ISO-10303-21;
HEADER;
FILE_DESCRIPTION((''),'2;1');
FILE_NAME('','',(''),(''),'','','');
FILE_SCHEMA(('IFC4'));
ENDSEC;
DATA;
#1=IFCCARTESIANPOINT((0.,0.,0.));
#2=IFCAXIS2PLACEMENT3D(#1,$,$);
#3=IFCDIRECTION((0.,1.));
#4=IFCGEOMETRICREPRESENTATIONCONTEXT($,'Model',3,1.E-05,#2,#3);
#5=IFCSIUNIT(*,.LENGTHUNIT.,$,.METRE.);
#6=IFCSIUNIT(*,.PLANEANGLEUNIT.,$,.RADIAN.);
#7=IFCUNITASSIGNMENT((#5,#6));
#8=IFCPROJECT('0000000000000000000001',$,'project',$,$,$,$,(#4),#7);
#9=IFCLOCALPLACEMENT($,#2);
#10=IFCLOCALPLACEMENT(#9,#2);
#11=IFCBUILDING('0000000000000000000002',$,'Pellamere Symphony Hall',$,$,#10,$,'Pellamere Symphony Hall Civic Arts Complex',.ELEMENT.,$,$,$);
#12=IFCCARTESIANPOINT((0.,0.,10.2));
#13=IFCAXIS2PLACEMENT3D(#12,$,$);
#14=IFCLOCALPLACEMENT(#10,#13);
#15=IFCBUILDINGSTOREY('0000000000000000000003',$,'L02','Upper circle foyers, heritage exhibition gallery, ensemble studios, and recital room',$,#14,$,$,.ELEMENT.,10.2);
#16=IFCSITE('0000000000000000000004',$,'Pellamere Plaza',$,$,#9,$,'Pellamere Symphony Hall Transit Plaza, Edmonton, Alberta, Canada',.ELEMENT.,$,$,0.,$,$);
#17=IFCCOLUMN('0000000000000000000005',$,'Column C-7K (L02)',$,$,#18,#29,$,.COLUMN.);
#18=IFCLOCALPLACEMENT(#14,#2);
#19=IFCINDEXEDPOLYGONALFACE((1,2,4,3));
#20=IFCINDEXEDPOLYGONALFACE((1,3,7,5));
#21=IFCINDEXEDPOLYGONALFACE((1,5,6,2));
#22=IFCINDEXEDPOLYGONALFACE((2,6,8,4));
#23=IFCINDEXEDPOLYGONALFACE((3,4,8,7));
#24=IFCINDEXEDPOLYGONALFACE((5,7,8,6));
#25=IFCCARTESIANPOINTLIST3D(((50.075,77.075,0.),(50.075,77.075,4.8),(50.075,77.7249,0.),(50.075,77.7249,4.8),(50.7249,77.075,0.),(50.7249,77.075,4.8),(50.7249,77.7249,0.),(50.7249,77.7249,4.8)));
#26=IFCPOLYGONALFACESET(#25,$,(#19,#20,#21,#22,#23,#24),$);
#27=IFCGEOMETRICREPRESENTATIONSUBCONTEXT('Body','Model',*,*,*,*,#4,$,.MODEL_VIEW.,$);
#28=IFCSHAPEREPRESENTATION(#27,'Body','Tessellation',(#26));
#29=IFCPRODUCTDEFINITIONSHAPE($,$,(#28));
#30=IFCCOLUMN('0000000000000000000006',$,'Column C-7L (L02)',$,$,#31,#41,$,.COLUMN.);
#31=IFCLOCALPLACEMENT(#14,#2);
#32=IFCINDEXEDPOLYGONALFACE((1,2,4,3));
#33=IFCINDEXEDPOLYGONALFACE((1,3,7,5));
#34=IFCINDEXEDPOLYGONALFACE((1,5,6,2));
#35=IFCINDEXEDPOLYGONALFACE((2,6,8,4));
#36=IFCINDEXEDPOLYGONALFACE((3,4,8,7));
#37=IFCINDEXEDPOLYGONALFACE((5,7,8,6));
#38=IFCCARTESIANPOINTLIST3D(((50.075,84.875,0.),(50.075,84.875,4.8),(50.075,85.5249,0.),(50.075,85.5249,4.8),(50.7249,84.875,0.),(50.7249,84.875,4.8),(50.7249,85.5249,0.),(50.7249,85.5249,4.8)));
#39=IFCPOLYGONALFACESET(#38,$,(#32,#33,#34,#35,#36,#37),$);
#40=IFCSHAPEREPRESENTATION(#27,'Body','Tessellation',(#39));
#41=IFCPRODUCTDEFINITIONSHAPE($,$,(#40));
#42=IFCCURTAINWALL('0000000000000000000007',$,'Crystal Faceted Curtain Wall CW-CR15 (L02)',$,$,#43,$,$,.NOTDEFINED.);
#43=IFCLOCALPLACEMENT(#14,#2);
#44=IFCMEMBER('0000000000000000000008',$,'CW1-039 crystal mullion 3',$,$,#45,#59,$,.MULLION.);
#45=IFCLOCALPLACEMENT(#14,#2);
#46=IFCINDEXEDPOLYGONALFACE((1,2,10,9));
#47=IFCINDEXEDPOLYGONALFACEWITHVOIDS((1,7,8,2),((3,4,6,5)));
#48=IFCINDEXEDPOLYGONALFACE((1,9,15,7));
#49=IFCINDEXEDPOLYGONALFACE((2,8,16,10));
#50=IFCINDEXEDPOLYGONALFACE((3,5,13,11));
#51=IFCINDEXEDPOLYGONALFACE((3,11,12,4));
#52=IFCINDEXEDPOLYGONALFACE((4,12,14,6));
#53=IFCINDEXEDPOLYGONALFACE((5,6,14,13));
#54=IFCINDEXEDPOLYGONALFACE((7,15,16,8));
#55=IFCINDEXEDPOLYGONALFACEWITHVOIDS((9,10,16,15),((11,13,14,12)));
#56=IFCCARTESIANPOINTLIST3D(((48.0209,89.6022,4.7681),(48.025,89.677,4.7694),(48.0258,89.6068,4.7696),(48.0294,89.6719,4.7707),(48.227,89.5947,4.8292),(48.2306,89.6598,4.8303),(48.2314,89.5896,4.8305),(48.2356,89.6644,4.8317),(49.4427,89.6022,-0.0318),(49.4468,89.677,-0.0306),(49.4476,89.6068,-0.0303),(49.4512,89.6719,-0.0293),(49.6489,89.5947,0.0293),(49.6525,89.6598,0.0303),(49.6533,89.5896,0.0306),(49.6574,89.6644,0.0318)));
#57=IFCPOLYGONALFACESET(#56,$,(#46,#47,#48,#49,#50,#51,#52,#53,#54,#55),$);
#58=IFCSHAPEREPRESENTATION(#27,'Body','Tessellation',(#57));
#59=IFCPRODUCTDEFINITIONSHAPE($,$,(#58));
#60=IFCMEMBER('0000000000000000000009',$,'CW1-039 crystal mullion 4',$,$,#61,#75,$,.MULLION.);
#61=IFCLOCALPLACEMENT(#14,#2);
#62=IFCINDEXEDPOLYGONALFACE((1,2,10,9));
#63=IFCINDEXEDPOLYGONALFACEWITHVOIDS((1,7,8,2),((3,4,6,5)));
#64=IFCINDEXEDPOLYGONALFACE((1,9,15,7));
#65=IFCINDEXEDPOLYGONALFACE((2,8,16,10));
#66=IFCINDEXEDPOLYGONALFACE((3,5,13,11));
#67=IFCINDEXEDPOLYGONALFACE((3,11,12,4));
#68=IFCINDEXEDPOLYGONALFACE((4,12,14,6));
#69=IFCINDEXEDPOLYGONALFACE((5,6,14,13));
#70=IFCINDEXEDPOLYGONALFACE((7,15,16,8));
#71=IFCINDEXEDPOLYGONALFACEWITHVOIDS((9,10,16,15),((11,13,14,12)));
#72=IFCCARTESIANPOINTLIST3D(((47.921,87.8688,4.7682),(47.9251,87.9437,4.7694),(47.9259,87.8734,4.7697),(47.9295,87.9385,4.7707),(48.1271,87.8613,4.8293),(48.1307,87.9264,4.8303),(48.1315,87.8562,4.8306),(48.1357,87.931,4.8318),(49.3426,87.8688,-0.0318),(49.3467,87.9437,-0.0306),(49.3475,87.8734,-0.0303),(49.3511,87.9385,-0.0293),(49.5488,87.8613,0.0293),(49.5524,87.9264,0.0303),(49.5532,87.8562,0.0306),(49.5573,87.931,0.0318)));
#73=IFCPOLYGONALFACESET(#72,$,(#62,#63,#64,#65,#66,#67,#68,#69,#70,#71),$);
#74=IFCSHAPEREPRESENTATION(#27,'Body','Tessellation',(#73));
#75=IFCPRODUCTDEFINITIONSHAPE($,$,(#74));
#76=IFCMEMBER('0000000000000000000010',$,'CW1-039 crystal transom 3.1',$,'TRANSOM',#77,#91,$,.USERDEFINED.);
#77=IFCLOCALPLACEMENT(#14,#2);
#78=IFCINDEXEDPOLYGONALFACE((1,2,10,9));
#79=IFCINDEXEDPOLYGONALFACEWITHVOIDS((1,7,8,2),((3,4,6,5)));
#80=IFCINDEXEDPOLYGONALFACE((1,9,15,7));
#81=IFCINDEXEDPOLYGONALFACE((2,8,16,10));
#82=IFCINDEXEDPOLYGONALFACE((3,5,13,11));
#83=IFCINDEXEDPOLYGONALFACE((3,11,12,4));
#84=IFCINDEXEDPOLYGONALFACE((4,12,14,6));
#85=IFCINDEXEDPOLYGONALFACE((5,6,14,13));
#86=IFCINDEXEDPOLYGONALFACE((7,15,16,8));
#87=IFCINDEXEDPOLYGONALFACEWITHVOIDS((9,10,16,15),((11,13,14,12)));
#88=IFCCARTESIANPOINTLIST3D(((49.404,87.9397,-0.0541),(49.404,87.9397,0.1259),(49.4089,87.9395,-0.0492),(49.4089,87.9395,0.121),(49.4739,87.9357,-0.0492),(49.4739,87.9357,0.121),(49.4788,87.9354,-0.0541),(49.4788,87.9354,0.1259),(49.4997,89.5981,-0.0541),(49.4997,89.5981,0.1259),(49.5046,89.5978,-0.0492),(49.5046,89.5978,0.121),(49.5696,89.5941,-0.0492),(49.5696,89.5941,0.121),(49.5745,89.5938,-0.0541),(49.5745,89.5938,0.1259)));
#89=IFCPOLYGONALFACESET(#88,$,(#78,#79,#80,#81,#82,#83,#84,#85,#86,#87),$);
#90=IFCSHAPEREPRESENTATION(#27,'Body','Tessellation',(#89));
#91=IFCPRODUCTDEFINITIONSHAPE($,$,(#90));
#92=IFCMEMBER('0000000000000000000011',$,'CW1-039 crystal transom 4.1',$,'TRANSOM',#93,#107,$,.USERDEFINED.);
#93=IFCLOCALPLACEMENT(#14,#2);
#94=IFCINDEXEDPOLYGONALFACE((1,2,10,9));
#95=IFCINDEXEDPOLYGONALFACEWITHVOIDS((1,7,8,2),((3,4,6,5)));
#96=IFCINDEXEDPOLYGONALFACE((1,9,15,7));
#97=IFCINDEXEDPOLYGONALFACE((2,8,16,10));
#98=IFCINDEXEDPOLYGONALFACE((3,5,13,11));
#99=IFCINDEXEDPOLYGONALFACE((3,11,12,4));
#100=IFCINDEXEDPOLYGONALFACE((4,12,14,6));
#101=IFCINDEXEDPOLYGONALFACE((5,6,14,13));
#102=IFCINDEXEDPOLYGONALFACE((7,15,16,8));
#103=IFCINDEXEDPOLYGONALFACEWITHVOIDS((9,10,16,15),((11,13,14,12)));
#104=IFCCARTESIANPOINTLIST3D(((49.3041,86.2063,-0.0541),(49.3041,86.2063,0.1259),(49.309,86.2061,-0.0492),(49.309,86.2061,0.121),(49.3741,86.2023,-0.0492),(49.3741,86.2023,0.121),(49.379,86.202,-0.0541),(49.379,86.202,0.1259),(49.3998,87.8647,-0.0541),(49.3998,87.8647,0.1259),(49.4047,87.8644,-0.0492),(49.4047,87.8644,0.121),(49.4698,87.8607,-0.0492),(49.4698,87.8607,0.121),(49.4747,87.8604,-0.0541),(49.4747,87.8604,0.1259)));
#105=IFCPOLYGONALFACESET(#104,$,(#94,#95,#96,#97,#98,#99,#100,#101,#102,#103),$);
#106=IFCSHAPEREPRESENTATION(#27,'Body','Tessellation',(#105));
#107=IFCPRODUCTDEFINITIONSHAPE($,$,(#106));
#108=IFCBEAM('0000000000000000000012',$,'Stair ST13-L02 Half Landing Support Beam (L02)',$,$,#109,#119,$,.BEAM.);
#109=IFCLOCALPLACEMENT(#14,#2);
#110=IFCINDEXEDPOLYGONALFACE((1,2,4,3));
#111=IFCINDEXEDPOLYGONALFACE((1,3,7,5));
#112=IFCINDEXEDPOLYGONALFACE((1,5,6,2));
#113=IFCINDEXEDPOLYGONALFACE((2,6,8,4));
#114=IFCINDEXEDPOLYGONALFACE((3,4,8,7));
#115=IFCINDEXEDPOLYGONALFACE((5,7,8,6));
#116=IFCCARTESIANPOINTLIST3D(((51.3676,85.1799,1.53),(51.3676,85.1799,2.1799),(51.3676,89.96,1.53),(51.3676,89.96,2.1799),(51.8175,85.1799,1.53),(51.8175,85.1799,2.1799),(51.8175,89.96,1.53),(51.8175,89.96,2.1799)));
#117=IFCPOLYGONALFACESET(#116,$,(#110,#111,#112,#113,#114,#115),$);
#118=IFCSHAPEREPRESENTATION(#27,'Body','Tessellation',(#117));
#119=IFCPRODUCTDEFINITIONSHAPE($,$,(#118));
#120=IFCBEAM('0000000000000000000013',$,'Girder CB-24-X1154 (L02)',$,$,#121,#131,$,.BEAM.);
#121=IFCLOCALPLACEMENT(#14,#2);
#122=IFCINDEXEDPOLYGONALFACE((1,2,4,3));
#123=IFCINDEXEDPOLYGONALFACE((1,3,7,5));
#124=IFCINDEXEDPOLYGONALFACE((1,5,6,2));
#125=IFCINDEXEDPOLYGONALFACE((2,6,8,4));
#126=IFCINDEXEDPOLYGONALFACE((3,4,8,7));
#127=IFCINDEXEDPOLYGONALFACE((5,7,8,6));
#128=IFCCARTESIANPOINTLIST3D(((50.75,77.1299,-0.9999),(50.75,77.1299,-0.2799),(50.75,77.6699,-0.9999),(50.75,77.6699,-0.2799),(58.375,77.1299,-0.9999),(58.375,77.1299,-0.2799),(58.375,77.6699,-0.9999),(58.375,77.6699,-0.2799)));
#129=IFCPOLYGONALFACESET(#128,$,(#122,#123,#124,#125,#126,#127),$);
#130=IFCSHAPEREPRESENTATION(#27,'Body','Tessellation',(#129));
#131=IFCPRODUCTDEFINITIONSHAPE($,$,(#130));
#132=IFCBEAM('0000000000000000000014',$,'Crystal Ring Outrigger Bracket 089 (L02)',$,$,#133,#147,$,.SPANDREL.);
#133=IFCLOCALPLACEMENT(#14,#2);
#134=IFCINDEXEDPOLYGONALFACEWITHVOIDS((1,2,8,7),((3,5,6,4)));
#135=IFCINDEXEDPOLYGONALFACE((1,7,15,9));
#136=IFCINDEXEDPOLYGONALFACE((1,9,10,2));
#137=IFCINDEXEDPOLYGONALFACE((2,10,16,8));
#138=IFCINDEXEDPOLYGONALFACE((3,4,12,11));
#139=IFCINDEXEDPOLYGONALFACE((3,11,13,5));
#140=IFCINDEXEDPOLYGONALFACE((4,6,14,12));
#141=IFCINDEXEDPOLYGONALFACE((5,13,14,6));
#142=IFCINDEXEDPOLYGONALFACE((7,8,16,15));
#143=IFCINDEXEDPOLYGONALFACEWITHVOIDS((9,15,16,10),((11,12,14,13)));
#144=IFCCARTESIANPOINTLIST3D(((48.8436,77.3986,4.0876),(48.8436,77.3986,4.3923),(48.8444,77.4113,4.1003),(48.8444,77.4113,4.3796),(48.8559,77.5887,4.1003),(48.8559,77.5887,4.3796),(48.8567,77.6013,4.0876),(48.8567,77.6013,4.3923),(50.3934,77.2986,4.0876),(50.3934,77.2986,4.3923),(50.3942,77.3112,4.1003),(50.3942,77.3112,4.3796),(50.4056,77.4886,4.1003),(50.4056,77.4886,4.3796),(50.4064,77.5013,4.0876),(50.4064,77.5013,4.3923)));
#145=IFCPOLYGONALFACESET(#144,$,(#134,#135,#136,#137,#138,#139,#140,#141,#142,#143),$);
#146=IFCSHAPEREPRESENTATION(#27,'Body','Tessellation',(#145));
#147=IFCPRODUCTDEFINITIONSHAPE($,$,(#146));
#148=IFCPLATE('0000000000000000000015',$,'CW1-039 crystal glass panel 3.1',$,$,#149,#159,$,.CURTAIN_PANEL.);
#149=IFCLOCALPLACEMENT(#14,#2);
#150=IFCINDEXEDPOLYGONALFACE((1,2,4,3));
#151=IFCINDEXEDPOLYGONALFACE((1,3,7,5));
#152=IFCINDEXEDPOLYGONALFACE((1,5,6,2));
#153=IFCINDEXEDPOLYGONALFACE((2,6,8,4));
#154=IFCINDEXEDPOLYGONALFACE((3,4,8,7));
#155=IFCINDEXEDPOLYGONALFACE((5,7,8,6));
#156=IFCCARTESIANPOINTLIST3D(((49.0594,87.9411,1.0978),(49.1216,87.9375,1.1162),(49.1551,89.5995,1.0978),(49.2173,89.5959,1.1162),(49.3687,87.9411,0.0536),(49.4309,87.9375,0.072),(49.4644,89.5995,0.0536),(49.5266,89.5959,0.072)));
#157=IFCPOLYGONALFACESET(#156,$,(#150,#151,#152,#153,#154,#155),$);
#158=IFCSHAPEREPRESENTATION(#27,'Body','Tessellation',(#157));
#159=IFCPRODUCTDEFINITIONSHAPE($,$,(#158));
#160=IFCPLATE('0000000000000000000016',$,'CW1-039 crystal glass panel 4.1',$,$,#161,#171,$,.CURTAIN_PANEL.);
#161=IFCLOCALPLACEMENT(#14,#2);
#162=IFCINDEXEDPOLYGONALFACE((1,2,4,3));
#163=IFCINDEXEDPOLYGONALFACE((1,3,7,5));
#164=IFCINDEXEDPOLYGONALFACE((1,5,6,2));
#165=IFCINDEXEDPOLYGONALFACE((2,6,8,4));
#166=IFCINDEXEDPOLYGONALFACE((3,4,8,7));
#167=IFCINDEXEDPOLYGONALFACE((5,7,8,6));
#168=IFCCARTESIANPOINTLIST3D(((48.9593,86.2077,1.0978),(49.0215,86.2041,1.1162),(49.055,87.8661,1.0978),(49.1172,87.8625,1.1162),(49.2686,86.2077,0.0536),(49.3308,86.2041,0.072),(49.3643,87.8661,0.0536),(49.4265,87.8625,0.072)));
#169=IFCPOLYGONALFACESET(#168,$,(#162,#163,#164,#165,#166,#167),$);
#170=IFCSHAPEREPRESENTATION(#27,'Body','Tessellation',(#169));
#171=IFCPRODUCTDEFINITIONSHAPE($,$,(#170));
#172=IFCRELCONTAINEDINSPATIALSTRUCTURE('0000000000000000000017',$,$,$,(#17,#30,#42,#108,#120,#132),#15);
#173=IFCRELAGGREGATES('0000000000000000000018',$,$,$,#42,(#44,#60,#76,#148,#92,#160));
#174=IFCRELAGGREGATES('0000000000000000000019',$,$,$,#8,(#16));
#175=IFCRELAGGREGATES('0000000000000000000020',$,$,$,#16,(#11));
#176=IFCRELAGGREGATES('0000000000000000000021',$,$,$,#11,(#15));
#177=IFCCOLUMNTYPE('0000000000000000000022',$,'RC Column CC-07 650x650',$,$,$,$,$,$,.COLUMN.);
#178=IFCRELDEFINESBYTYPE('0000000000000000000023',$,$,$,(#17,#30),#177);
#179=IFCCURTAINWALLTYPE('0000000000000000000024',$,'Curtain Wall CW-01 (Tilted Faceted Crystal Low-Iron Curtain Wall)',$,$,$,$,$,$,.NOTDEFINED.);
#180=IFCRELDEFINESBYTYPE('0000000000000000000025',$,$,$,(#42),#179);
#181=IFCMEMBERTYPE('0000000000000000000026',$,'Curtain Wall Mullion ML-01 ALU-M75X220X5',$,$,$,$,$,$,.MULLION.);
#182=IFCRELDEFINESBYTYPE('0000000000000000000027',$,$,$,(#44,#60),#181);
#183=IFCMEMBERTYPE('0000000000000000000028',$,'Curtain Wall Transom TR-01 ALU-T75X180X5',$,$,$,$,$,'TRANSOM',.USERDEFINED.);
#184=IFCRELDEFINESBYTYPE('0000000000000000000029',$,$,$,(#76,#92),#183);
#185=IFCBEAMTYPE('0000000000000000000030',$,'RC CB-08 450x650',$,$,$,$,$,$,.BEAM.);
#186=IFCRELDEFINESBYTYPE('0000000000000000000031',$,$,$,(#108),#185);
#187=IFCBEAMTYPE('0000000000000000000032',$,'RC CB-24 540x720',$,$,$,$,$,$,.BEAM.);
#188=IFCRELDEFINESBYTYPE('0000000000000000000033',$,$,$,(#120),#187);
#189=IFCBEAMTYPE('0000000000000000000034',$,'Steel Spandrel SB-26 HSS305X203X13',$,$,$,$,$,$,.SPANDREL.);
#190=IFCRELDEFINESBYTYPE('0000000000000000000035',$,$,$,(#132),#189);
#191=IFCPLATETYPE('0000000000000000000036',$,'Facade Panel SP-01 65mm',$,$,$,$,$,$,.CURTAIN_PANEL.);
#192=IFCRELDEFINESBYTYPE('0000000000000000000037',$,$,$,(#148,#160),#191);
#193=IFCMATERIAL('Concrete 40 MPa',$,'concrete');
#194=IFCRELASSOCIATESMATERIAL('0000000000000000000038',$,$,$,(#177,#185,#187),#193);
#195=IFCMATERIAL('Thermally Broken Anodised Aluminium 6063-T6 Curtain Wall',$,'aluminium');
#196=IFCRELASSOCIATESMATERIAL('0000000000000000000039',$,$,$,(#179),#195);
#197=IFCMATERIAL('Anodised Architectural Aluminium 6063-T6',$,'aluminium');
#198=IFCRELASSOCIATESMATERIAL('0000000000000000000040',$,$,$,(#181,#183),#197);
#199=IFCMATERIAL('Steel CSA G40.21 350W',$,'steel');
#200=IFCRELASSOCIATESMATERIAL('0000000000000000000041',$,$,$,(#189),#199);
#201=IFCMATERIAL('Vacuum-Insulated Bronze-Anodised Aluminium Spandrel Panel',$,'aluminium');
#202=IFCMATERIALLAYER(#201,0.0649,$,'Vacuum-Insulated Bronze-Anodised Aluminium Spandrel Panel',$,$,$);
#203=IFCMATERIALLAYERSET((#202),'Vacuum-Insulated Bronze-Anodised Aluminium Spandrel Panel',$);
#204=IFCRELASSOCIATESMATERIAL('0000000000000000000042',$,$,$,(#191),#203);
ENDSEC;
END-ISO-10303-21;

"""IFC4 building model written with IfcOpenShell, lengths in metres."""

from ifc_helpers import new_model, si_unit, direction, frame, origin, origin_2d, place, context, subcontext, project, spatial, polyline, rectangle, hollow_rectangle, outline, extrude, material, layer, layer_set, material_profile, profile_set, type_object, element, aggregate, save


model = new_model("IFC4")

# Units and contexts
model_context = context("Model", 3, precision=1e-05, world=origin(), true_north=direction((0.0, 1.0)))
body_context = subcontext(model_context, "Body", "Model", "MODEL_VIEW")
ifc_project = project(units=[si_unit("LENGTHUNIT", "METRE"), si_unit("PLANEANGLEUNIT", "RADIAN")], contexts=[model_context])

# Site, building, storey
site_placement = place(None, origin())
site = spatial("IfcSite", under=ifc_project, at=site_placement, Name="Pellamere Plaza", LongName="Pellamere Symphony Hall Transit Plaza, Edmonton, Alberta, Canada", CompositionType="ELEMENT", RefElevation=0.0)
building_placement = place(site_placement, origin())
building = spatial("IfcBuilding", under=site, at=building_placement, Name="Pellamere Symphony Hall", LongName="Pellamere Symphony Hall Civic Arts Complex", CompositionType="ELEMENT")
storey_placement = place(building_placement, frame((0.0, 0.0, 10.2)))
storey = spatial("IfcBuildingStorey", under=building, at=storey_placement, Name="L02", Description="Upper circle foyers, heritage exhibition gallery, ensemble studios, and recital room", CompositionType="ELEMENT", Elevation=10.2)

# Columns
ifc_material_1 = material(Name="Concrete 40 MPa", Category="concrete")
ifc_material_profile_1 = material_profile(ifc_material_1, rectangle(XDim=0.6499, YDim=0.6499, at=origin_2d()), Name="RC 650x650")
ifc_profile_set_1 = profile_set([ifc_material_profile_1], Name="Concrete 40 MPa")
column_type = type_object("IfcColumnType", Name="RC Column CC-07 650x650", PredefinedType="COLUMN", material=ifc_profile_set_1)
for number, where, z_axis, x_axis, name in (
    (1, (50.3999, 77.3999, 0.0), (0.0, 0.0, 1.0), (1.0, 0.0, 0.0), "Column C-7K (L02)"),
    (2, (50.3999, 85.2, 0.0), (0.0, 0.0, 1.0), (1.0, 0.0, 0.0), "Column C-7L (L02)"),
):
    element("IfcColumn", number, at=place(storey_placement, frame(where, z_axis=z_axis, x_axis=x_axis)), inside=storey, type_object=column_type, Name=name, PredefinedType="COLUMN", context=body_context, shape_type="SweptSolid", body=[
        extrude(rectangle(XDim=0.6499, YDim=0.6499, at=origin_2d()), origin(), (0.0, 0.0, 1.0), 4.8),
    ])

# Curtain wall, members
ifc_material_2 = material(Name="Thermally Broken Anodised Aluminium 6063-T6 Curtain Wall", Category="aluminium")
curtain_wall_type = type_object("IfcCurtainWallType", Name="Curtain Wall CW-01 (Tilted Faceted Crystal Low-Iron Curtain Wall)", PredefinedType="NOTDEFINED", material=ifc_material_2)
curtain_wall_placement = place(storey_placement, origin())
curtain_wall = element("IfcCurtainWall", 3, at=curtain_wall_placement, inside=storey, type_object=curtain_wall_type, Name="Crystal Faceted Curtain Wall CW-CR15 (L02)", PredefinedType="NOTDEFINED")
ifc_material_3 = material(Name="Anodised Architectural Aluminium 6063-T6", Category="aluminium")
ifc_material_profile_2 = material_profile(ifc_material_3, hollow_rectangle(XDim=0.075, YDim=0.22, WallThickness=0.0049, at=origin_2d()), Name="ALU-M75X220X5")
ifc_profile_set_2 = profile_set([ifc_material_profile_2], Name="Anodised Architectural Aluminium 6063-T6")
member_type_1 = type_object("IfcMemberType", Name="Curtain Wall Mullion ML-01 ALU-M75X220X5", PredefinedType="MULLION", material=ifc_profile_set_2)
member_1_placement = place(storey_placement, frame((49.55, 89.6333, 0.0), z_axis=(-0.284022, 0.0, 0.958818), x_axis=(-0.055225, -0.99834, -0.016359)))
member_1 = element("IfcMember", 4, at=member_1_placement, type_object=member_type_1, Name="CW1-039 crystal mullion 3", PredefinedType="MULLION", context=body_context, shape_type="SweptSolid", body=[
    extrude(hollow_rectangle(XDim=0.075, YDim=0.22, WallThickness=0.0049, at=origin_2d()), origin(), (0.0, 0.0, 1.0), 5.0061),
])
member_2_placement = place(storey_placement, frame((49.45, 87.8999, 0.0), z_axis=(-0.283977, 0.0, 0.958831), x_axis=(-0.055225, -0.99834, -0.016356)))
member_2 = element("IfcMember", 5, at=member_2_placement, type_object=member_type_1, Name="CW1-039 crystal mullion 4", PredefinedType="MULLION", context=body_context, shape_type="SweptSolid", body=[
    extrude(hollow_rectangle(XDim=0.075, YDim=0.22, WallThickness=0.0049, at=origin_2d()), origin(), (0.0, 0.0, 1.0), 5.0061),
])
ifc_material_profile_3 = material_profile(ifc_material_3, hollow_rectangle(XDim=0.075, YDim=0.1799, WallThickness=0.0049, at=origin_2d()), Name="ALU-T75X180X5")
ifc_profile_set_3 = profile_set([ifc_material_profile_3], Name="Anodised Architectural Aluminium 6063-T6")
member_type_2 = type_object("IfcMemberType", Name="Curtain Wall Transom TR-01 ALU-T75X180X5", ElementType="TRANSOM", PredefinedType="USERDEFINED", material=ifc_profile_set_3)
member_3_placement = place(storey_placement, frame((49.5371, 89.5959, 0.0359), z_axis=(-0.057611, -0.998339, 0.0), x_axis=(0.998339, -0.057611, 0.0)))
member_3 = element("IfcMember", 6, at=member_3_placement, type_object=member_type_2, Name="CW1-039 crystal transom 3.1", ObjectType="TRANSOM", PredefinedType="USERDEFINED", context=body_context, shape_type="SweptSolid", body=[
    extrude(hollow_rectangle(XDim=0.075, YDim=0.1799, WallThickness=0.0049, at=origin_2d()), origin(), (0.0, 0.0, 1.0), 1.6611),
])
member_4_placement = place(storey_placement, frame((49.4373, 87.8625, 0.0359), z_axis=(-0.057611, -0.998339, 0.0), x_axis=(0.998339, -0.057611, 0.0)))
member_4 = element("IfcMember", 7, at=member_4_placement, type_object=member_type_2, Name="CW1-039 crystal transom 4.1", ObjectType="TRANSOM", PredefinedType="USERDEFINED", context=body_context, shape_type="SweptSolid", body=[
    extrude(hollow_rectangle(XDim=0.075, YDim=0.1799, WallThickness=0.0049, at=origin_2d()), origin(), (0.0, 0.0, 1.0), 1.6611),
])

# Beams
ifc_material_profile_4 = material_profile(ifc_material_1, rectangle(XDim=0.45, YDim=0.6499, at=origin_2d()), Name="RC 450x650")
ifc_profile_set_4 = profile_set([ifc_material_profile_4], Name="Concrete 40 MPa")
beam_type_1 = type_object("IfcBeamType", Name="RC CB-08 450x650", PredefinedType="BEAM", material=ifc_profile_set_4)
beam_1_placement = place(storey_placement, frame((51.5925, 85.1799, 1.855), z_axis=(0.0, 1.0, 0.0), x_axis=(-1.0, 0.0, 0.0)))
element("IfcBeam", 8, at=beam_1_placement, inside=storey, type_object=beam_type_1, Name="Stair ST13-L02 Half Landing Support Beam (L02)", PredefinedType="BEAM", context=body_context, shape_type="SweptSolid", body=[
    extrude(rectangle(XDim=0.45, YDim=0.6499, at=origin_2d()), origin(), (0.0, 0.0, 1.0), 4.78),
])
ifc_material_profile_5 = material_profile(ifc_material_1, rectangle(XDim=0.54, YDim=0.72, at=origin_2d()), Name="RC 540x720")
ifc_profile_set_5 = profile_set([ifc_material_profile_5], Name="Concrete 40 MPa")
beam_type_2 = type_object("IfcBeamType", Name="RC CB-24 540x720", PredefinedType="BEAM", material=ifc_profile_set_5)
beam_2_placement = place(storey_placement, frame((50.75, 77.3999, -0.6399), z_axis=(1.0, 0.0, 0.0), x_axis=(0.0, 1.0, 0.0)))
element("IfcBeam", 9, at=beam_2_placement, inside=storey, type_object=beam_type_2, Name="Girder CB-24-X1154 (L02)", PredefinedType="BEAM", context=body_context, shape_type="SweptSolid", body=[
    extrude(rectangle(XDim=0.54, YDim=0.72, at=origin_2d()), origin(), (0.0, 0.0, 1.0), 7.625),
])
ifc_material_4 = material(Name="Steel CSA G40.21 350W", Category="steel")
ifc_material_profile_6 = material_profile(ifc_material_4, hollow_rectangle(XDim=0.2031, YDim=0.3047, WallThickness=0.0127, at=origin_2d()), Name="HSS305X203X13")
ifc_profile_set_6 = profile_set([ifc_material_profile_6], Name="Steel CSA G40.21 350W")
beam_type_3 = type_object("IfcBeamType", Name="Steel Spandrel SB-26 HSS305X203X13", PredefinedType="SPANDREL", material=ifc_profile_set_6)
beam_3_placement = place(storey_placement, frame((50.3999, 77.3999, 4.24), z_axis=(-0.997921, 0.064453, 0.0), x_axis=(-0.064453, -0.997921, 0.0)))
element("IfcBeam", 10, at=beam_3_placement, inside=storey, type_object=beam_type_3, Name="Crystal Ring Outrigger Bracket 089 (L02)", PredefinedType="SPANDREL", context=body_context, shape_type="SweptSolid", body=[
    extrude(hollow_rectangle(XDim=0.2031, YDim=0.3047, WallThickness=0.0127, at=origin_2d()), origin(), (0.0, 0.0, 1.0), 1.553),
])

# Plates
ifc_material_5 = material(Name="Vacuum-Insulated Bronze-Anodised Aluminium Spandrel Panel", Category="aluminium")
ifc_layer_1 = layer(ifc_material_5, 0.0649, Name="Vacuum-Insulated Bronze-Anodised Aluminium Spandrel Panel")
ifc_layer_set_1 = layer_set([ifc_layer_1], Name="Vacuum-Insulated Bronze-Anodised Aluminium Spandrel Panel")
plate_type = type_object("IfcPlateType", Name="Facade Panel SP-01 65mm", PredefinedType="CURTAIN_PANEL", material=ifc_layer_set_1)
plate_1_placement = place(storey_placement, frame((49.5266, 89.5959, 0.072), z_axis=(0.95735, -0.055245, 0.283601), x_axis=(-0.057611, -0.998339, 0.0)))
plate_1 = element("IfcPlate", 11, at=plate_1_placement, type_object=plate_type, Name="CW1-039 crystal glass panel 3.1", PredefinedType="CURTAIN_PANEL", context=body_context, shape_type="SweptSolid", body=[
    extrude(outline(polyline([(0.0, 0.0), (1.6612, 0.0), (1.679, -1.0889), (0.0178, -1.0889), (0.0, 0.0)])), origin(), (0.0, 0.0, -1.0), 0.0649),
])
plate_2_placement = place(storey_placement, frame((49.4265, 87.8625, 0.072), z_axis=(0.95735, -0.055245, 0.283601), x_axis=(-0.057611, -0.998339, 0.0)))
plate_2 = element("IfcPlate", 12, at=plate_2_placement, type_object=plate_type, Name="CW1-039 crystal glass panel 4.1", PredefinedType="CURTAIN_PANEL", context=body_context, shape_type="SweptSolid", body=[
    extrude(outline(polyline([(0.0, 0.0), (1.6612, 0.0), (1.679, -1.0889), (0.0178, -1.0889), (0.0, 0.0)])), origin(), (0.0, 0.0, -1.0), 0.0649),
])
aggregate(curtain_wall, [member_1, member_2, member_3, plate_1, member_4, plate_2])

save(model, "model.ifc")
